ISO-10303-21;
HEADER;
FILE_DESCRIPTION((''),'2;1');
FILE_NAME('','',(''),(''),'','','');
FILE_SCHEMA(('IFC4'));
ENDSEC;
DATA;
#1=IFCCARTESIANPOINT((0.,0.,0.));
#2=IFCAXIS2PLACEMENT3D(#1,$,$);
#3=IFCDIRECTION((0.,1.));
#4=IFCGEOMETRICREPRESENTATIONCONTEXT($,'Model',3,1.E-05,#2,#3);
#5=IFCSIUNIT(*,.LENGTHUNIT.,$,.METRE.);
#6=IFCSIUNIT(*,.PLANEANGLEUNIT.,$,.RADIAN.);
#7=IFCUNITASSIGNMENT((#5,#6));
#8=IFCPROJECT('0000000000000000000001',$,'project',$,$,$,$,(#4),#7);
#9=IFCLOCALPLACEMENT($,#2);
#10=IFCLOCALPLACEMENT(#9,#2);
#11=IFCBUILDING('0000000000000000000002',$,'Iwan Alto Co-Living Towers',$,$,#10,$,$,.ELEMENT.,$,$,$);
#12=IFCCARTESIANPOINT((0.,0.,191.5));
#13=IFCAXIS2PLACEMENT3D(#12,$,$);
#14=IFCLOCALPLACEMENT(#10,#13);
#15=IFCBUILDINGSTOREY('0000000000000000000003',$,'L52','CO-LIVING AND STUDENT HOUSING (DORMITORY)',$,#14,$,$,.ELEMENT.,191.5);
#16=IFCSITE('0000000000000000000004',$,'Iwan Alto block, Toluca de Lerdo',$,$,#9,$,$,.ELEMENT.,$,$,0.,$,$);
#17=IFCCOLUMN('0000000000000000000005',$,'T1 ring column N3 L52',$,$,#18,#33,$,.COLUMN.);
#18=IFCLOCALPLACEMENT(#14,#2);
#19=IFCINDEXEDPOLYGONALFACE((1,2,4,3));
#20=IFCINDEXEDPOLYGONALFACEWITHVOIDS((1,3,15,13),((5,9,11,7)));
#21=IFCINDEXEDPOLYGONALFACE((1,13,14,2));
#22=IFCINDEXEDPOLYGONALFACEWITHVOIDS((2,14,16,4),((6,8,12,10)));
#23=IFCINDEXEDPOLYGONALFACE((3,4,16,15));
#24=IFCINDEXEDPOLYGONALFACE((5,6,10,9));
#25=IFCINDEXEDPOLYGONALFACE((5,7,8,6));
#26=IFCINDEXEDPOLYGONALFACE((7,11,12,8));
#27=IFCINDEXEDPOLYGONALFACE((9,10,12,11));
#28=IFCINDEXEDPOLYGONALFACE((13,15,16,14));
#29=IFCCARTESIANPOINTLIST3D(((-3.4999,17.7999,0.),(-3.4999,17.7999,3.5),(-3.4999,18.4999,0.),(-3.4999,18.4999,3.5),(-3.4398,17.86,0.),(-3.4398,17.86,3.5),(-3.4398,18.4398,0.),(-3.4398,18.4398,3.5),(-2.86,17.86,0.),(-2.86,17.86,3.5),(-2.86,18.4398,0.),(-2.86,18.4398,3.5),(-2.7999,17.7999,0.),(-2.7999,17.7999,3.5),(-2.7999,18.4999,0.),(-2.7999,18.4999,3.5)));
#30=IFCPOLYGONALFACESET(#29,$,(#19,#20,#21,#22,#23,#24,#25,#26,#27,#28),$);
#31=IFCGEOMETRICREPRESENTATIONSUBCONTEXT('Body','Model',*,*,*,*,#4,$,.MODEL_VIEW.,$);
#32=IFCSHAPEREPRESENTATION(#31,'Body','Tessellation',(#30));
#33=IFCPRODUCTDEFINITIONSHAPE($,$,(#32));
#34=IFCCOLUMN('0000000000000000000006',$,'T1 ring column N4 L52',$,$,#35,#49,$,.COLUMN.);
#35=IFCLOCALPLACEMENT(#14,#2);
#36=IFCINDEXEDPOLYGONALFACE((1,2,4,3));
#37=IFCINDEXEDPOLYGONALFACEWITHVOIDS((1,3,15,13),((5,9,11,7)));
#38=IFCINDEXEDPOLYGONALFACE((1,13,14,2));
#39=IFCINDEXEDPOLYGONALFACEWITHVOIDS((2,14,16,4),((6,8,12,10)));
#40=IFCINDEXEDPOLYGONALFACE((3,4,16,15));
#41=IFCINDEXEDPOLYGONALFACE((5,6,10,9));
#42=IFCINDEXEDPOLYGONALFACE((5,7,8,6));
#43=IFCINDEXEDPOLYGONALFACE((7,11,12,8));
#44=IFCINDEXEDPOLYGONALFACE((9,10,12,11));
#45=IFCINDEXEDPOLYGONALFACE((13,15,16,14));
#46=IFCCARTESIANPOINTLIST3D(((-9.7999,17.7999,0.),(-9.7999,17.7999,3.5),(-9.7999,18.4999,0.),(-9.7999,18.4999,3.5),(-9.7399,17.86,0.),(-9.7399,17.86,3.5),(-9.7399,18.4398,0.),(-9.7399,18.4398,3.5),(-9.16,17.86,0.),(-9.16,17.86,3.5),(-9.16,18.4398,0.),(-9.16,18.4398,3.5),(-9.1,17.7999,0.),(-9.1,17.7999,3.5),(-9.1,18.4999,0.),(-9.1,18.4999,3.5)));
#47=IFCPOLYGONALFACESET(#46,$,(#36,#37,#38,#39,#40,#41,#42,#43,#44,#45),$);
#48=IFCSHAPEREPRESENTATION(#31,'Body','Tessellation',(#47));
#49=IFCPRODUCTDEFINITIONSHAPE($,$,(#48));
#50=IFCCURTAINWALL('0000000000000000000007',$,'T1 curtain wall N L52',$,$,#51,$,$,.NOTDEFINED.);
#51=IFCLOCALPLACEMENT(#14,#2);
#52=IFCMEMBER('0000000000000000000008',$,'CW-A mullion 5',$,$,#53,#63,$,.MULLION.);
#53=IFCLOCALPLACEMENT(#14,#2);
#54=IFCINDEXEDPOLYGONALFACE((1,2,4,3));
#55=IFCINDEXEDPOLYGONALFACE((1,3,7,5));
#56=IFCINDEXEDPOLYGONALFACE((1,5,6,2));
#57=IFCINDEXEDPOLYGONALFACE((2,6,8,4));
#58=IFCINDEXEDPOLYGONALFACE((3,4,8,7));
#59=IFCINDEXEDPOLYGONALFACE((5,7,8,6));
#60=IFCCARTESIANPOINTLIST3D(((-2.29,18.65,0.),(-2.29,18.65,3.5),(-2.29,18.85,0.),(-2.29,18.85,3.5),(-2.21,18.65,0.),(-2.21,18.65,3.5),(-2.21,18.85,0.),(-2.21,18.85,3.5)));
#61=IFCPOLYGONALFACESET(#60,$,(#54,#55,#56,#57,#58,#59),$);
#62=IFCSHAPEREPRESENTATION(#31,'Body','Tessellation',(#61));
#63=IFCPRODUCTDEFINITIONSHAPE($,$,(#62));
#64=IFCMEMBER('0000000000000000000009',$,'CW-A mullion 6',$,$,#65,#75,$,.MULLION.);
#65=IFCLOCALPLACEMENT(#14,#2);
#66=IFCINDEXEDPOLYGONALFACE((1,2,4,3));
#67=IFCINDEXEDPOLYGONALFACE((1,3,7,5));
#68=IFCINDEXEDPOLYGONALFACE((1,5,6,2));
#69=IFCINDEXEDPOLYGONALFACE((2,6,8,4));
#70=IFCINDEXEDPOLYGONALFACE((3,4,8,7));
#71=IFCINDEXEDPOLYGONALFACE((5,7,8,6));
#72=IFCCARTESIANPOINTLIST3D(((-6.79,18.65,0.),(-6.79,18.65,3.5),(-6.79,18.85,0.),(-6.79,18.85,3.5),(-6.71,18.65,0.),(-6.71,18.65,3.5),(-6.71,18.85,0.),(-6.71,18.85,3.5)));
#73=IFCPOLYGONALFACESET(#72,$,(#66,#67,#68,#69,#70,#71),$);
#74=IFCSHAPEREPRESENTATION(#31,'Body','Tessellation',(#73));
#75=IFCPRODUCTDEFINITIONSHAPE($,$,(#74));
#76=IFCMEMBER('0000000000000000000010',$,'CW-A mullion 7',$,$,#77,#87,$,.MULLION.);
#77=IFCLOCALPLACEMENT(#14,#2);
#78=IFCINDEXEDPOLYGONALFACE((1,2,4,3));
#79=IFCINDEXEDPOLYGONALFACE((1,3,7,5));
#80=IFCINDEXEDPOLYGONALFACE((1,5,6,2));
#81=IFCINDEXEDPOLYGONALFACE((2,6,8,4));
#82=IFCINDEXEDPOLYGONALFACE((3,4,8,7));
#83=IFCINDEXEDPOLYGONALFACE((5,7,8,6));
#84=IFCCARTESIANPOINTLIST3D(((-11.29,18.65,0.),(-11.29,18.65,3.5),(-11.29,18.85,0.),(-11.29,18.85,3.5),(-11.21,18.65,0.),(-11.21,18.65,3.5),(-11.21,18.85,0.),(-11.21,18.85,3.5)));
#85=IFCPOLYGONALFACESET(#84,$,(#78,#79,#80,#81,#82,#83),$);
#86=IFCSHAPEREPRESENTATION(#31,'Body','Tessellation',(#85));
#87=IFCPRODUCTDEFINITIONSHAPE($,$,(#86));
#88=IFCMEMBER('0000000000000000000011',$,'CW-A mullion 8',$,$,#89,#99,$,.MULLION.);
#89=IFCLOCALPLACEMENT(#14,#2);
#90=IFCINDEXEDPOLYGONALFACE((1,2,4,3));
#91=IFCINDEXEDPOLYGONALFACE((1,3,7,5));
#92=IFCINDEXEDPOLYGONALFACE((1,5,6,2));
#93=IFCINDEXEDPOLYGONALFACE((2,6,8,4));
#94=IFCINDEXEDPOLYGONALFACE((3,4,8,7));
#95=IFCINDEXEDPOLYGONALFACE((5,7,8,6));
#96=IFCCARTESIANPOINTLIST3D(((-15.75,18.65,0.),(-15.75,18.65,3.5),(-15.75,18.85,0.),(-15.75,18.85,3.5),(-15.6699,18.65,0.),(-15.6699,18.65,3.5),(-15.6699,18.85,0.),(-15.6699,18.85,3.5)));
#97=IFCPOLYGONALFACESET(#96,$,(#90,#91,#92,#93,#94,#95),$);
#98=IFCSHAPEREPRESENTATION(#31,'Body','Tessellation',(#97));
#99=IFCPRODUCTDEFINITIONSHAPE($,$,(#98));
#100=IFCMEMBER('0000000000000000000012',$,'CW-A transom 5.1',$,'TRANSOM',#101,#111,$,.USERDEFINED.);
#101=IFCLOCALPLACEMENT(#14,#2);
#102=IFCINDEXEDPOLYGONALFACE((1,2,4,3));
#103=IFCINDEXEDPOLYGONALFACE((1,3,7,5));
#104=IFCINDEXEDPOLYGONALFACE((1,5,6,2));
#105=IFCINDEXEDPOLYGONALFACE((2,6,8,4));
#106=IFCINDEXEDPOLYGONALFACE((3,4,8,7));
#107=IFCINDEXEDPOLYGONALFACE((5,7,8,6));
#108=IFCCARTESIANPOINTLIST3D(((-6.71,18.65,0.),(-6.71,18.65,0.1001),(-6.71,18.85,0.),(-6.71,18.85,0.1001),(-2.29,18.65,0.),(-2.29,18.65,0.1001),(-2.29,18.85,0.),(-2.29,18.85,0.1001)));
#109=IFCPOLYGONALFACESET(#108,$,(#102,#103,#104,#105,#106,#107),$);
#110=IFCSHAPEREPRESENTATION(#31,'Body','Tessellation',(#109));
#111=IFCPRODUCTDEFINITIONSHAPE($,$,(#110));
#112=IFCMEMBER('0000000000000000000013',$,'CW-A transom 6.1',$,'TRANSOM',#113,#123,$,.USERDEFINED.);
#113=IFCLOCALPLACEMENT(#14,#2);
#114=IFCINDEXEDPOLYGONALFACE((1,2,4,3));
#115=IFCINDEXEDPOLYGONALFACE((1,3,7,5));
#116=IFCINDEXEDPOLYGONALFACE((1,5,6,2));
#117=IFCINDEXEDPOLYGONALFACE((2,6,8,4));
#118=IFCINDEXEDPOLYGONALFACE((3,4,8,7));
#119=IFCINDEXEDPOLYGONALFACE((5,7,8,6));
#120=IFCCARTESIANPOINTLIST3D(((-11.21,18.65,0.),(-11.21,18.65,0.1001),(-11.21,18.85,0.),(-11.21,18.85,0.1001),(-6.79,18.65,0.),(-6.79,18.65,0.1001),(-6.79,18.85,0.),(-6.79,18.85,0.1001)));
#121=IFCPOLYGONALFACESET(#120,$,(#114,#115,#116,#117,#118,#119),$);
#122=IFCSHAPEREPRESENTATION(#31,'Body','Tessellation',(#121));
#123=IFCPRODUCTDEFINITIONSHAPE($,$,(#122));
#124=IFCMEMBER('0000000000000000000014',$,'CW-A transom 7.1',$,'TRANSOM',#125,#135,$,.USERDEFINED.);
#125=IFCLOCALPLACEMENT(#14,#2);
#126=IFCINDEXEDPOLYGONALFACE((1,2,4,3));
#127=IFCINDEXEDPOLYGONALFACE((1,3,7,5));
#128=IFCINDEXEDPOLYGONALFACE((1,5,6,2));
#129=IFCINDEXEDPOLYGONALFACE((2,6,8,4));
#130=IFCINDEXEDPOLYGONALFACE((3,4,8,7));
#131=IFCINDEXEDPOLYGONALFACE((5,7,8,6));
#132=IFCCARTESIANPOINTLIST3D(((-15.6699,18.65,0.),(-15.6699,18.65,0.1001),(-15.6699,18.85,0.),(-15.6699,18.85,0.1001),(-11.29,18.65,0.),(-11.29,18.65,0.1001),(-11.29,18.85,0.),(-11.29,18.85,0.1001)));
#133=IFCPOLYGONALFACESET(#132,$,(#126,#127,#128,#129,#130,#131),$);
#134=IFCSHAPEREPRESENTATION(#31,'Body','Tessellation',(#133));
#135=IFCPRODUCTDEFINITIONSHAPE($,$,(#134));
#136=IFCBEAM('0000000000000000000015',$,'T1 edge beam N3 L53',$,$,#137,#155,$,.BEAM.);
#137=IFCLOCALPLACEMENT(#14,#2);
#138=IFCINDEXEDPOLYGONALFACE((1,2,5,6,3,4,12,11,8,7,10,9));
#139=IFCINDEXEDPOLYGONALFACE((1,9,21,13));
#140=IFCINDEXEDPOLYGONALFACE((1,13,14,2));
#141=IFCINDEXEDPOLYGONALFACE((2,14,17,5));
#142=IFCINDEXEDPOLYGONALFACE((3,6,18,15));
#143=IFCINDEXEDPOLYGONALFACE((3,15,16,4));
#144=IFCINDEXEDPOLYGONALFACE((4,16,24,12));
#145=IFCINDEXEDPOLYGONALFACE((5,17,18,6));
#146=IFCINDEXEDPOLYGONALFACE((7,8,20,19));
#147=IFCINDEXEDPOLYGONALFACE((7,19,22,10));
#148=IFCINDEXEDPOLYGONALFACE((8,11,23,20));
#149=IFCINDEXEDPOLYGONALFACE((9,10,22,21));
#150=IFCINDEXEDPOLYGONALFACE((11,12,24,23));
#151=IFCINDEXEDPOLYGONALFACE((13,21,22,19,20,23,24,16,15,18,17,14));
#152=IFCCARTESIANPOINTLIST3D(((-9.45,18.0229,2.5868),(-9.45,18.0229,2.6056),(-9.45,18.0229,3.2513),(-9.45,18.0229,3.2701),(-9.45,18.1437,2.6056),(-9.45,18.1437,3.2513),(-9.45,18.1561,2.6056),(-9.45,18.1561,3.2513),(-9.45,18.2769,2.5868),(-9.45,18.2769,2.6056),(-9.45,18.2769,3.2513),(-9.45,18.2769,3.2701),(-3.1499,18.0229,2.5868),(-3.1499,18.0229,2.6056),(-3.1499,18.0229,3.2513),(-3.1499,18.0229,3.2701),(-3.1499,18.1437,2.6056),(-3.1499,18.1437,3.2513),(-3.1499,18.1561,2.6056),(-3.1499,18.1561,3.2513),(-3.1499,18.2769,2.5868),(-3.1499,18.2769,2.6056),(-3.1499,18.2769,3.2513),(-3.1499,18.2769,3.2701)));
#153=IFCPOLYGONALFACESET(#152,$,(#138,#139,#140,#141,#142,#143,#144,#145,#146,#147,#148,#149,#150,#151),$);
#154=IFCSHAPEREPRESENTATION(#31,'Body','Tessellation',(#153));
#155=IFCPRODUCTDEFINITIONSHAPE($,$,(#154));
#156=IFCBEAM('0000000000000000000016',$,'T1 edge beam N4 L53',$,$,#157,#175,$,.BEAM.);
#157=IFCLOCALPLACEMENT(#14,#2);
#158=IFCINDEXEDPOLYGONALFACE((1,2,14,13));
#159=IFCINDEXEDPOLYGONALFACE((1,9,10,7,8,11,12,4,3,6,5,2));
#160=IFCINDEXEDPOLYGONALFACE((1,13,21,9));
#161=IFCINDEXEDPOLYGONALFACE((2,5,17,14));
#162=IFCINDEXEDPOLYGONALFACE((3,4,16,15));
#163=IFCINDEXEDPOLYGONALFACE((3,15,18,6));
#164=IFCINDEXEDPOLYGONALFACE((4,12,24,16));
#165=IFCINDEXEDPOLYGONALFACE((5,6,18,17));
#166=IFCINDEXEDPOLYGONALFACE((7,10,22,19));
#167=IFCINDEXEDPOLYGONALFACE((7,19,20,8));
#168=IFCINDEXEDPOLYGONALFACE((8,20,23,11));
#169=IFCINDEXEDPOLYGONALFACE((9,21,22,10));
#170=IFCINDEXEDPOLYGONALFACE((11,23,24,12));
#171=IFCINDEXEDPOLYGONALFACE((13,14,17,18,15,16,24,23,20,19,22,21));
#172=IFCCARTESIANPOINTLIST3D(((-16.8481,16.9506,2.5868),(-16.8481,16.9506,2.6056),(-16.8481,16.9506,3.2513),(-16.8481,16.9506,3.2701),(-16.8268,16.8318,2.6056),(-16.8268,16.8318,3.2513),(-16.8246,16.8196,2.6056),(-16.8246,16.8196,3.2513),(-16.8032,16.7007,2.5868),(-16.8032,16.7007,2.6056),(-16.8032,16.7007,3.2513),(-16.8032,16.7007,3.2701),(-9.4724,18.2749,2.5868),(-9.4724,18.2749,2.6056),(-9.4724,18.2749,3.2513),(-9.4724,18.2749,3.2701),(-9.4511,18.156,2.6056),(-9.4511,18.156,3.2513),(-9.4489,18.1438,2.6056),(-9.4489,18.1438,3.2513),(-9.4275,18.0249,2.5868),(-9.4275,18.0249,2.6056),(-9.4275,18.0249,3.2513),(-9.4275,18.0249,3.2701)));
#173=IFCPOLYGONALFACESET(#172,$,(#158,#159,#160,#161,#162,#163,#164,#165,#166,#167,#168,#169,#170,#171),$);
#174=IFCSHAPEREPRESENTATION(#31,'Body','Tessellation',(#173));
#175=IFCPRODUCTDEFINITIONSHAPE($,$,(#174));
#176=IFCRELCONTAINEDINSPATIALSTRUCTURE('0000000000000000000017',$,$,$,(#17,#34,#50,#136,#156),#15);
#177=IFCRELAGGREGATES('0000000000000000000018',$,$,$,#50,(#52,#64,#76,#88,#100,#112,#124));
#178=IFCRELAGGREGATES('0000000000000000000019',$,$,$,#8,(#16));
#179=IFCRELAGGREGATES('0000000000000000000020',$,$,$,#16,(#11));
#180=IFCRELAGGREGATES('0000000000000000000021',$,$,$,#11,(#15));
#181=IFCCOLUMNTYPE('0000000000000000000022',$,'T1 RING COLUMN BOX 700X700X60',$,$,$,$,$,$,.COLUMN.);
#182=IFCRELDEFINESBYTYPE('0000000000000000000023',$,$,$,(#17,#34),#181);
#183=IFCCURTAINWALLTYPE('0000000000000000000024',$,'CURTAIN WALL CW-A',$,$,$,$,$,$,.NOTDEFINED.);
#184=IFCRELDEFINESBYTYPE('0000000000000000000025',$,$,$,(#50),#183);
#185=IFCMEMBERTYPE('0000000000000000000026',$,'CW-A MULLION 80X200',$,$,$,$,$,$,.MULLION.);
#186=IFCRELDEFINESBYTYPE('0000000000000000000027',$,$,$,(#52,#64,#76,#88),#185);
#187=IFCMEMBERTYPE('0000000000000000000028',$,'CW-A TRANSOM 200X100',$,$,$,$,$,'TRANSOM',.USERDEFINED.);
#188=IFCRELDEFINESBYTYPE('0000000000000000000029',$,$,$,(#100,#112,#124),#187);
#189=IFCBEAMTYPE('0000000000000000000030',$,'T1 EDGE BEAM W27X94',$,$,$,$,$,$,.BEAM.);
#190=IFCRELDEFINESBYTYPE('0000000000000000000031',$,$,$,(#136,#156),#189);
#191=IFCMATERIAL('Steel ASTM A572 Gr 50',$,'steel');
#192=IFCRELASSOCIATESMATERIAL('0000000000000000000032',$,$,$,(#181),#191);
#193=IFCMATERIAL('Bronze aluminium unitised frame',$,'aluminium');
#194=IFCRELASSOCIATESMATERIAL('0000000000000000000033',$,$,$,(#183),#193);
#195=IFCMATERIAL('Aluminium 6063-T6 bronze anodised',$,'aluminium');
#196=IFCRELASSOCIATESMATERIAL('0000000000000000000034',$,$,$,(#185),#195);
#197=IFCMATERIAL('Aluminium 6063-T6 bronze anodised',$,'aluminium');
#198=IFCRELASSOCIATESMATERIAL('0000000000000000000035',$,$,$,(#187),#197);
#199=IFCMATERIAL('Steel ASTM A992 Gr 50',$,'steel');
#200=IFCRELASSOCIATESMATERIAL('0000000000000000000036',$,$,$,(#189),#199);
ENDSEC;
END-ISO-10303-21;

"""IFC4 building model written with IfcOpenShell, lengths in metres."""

from ifc_helpers import new_model, si_unit, direction, frame, origin, origin_2d, place, context, subcontext, project, spatial, rectangle, hollow_rectangle, i_section, extrude, material, material_profile, profile_set, type_object, element, aggregate, save


model = new_model("IFC4")

# Units and contexts
model_context = context("Model", 3, precision=1e-05, world=origin(), true_north=direction((0.0, 1.0)))
body_context = subcontext(model_context, "Body", "Model", "MODEL_VIEW")
ifc_project = project(units=[si_unit("LENGTHUNIT", "METRE"), si_unit("PLANEANGLEUNIT", "RADIAN")], contexts=[model_context])

# Site, building, storey
site_placement = place(None, origin())
site = spatial("IfcSite", under=ifc_project, at=site_placement, Name="Iwan Alto block, Toluca de Lerdo", CompositionType="ELEMENT", RefElevation=0.0)
building_placement = place(site_placement, origin())
building = spatial("IfcBuilding", under=site, at=building_placement, Name="Iwan Alto Co-Living Towers", CompositionType="ELEMENT")
storey_placement = place(building_placement, frame((0.0, 0.0, 191.5)))
storey = spatial("IfcBuildingStorey", under=building, at=storey_placement, Name="L52", Description="CO-LIVING AND STUDENT HOUSING (DORMITORY)", CompositionType="ELEMENT", Elevation=191.5)

# Columns
ifc_material_1 = material(Name="Steel ASTM A572 Gr 50", Category="steel")
ifc_material_profile_1 = material_profile(ifc_material_1, hollow_rectangle(XDim=0.7, YDim=0.7, WallThickness=0.0601, at=origin_2d()), Name="BOX 700X700X60")
ifc_profile_set_1 = profile_set([ifc_material_profile_1], Name="Steel ASTM A572 Gr 50")
column_type = type_object("IfcColumnType", Name="T1 RING COLUMN BOX 700X700X60", PredefinedType="COLUMN", material=ifc_profile_set_1)
for number, where, z_axis, x_axis, name in (
    (1, (-3.1499, 18.1499, 0.0), (0.0, 0.0, 1.0), (1.0, 0.0, 0.0), "T1 ring column N3 L52"),
    (2, (-9.45, 18.1499, 0.0), (0.0, 0.0, 1.0), (1.0, 0.0, 0.0), "T1 ring column N4 L52"),
):
    element("IfcColumn", number, at=place(storey_placement, frame(where, z_axis=z_axis, x_axis=x_axis)), inside=storey, type_object=column_type, Name=name, PredefinedType="COLUMN", context=body_context, shape_type="SweptSolid", body=[
        extrude(hollow_rectangle(XDim=0.7, YDim=0.7, WallThickness=0.0601, at=origin_2d()), origin(), (0.0, 0.0, 1.0), 3.5),
    ])

# Curtain wall, members
ifc_material_2 = material(Name="Bronze aluminium unitised frame", Category="aluminium")
curtain_wall_type = type_object("IfcCurtainWallType", Name="CURTAIN WALL CW-A", PredefinedType="NOTDEFINED", material=ifc_material_2)
curtain_wall_placement = place(storey_placement, origin())
curtain_wall = element("IfcCurtainWall", 3, at=curtain_wall_placement, inside=storey, type_object=curtain_wall_type, Name="T1 curtain wall N L52", PredefinedType="NOTDEFINED")
ifc_material_3 = material(Name="Aluminium 6063-T6 bronze anodised", Category="aluminium")
ifc_material_profile_2 = material_profile(ifc_material_3, rectangle(XDim=0.2, YDim=0.0801, at=origin_2d()), Name="AL 80X200")
ifc_profile_set_2 = profile_set([ifc_material_profile_2], Name="Aluminium 6063-T6 bronze anodised")
member_type_1 = type_object("IfcMemberType", Name="CW-A MULLION 80X200", PredefinedType="MULLION", material=ifc_profile_set_2)
member_1_placement = place(storey_placement, frame((-2.25, 18.75, 0.0), z_axis=(0.0, 0.0, 1.0), x_axis=(0.0, -1.0, 0.0)))
member_1 = element("IfcMember", 4, at=member_1_placement, type_object=member_type_1, Name="CW-A mullion 5", PredefinedType="MULLION", context=body_context, shape_type="SweptSolid", body=[
    extrude(rectangle(XDim=0.2, YDim=0.0801, at=origin_2d()), origin(), (0.0, 0.0, 1.0), 3.5),
])
member_2_placement = place(storey_placement, frame((-6.75, 18.75, 0.0), z_axis=(0.0, 0.0, 1.0), x_axis=(0.0, -1.0, 0.0)))
member_2 = element("IfcMember", 5, at=member_2_placement, type_object=member_type_1, Name="CW-A mullion 6", PredefinedType="MULLION", context=body_context, shape_type="SweptSolid", body=[
    extrude(rectangle(XDim=0.2, YDim=0.0801, at=origin_2d()), origin(), (0.0, 0.0, 1.0), 3.5),
])
member_3_placement = place(storey_placement, frame((-11.25, 18.75, 0.0), z_axis=(0.0, 0.0, 1.0), x_axis=(0.0, -1.0, 0.0)))
member_3 = element("IfcMember", 6, at=member_3_placement, type_object=member_type_1, Name="CW-A mullion 7", PredefinedType="MULLION", context=body_context, shape_type="SweptSolid", body=[
    extrude(rectangle(XDim=0.2, YDim=0.0801, at=origin_2d()), origin(), (0.0, 0.0, 1.0), 3.5),
])
member_4_placement = place(storey_placement, frame((-15.71, 18.75, 0.0), z_axis=(0.0, 0.0, 1.0), x_axis=(0.0, -1.0, 0.0)))
member_4 = element("IfcMember", 7, at=member_4_placement, type_object=member_type_1, Name="CW-A mullion 8", PredefinedType="MULLION", context=body_context, shape_type="SweptSolid", body=[
    extrude(rectangle(XDim=0.2, YDim=0.0801, at=origin_2d()), origin(), (0.0, 0.0, 1.0), 3.5),
])
ifc_material_4 = material(Name="Aluminium 6063-T6 bronze anodised", Category="aluminium")
ifc_material_profile_3 = material_profile(ifc_material_4, rectangle(XDim=0.2, YDim=0.1001, at=origin_2d()), Name="AL 200X100")
ifc_profile_set_3 = profile_set([ifc_material_profile_3], Name="Aluminium 6063-T6 bronze anodised")
member_type_2 = type_object("IfcMemberType", Name="CW-A TRANSOM 200X100", ElementType="TRANSOM", PredefinedType="USERDEFINED", material=ifc_profile_set_3)
member_5_placement = place(storey_placement, frame((-2.29, 18.75, 0.05), z_axis=(-1.0, 0.0, 0.0), x_axis=(0.0, -1.0, 0.0)))
member_5 = element("IfcMember", 8, at=member_5_placement, type_object=member_type_2, Name="CW-A transom 5.1", ObjectType="TRANSOM", PredefinedType="USERDEFINED", context=body_context, shape_type="SweptSolid", body=[
    extrude(rectangle(XDim=0.2, YDim=0.1001, at=origin_2d()), origin(), (0.0, 0.0, 1.0), 4.4199),
])
member_6_placement = place(storey_placement, frame((-6.79, 18.75, 0.05), z_axis=(-1.0, 0.0, 0.0), x_axis=(0.0, -1.0, 0.0)))
member_6 = element("IfcMember", 9, at=member_6_placement, type_object=member_type_2, Name="CW-A transom 6.1", ObjectType="TRANSOM", PredefinedType="USERDEFINED", context=body_context, shape_type="SweptSolid", body=[
    extrude(rectangle(XDim=0.2, YDim=0.1001, at=origin_2d()), origin(), (0.0, 0.0, 1.0), 4.4199),
])
member_7_placement = place(storey_placement, frame((-11.29, 18.75, 0.05), z_axis=(-1.0, 0.0, 0.0), x_axis=(0.0, -1.0, 0.0)))
member_7 = element("IfcMember", 10, at=member_7_placement, type_object=member_type_2, Name="CW-A transom 7.1", ObjectType="TRANSOM", PredefinedType="USERDEFINED", context=body_context, shape_type="SweptSolid", body=[
    extrude(rectangle(XDim=0.2, YDim=0.1001, at=origin_2d()), origin(), (0.0, 0.0, 1.0), 4.3799),
])

# Beams
ifc_material_5 = material(Name="Steel ASTM A992 Gr 50", Category="steel")
ifc_material_profile_4 = material_profile(ifc_material_5, i_section(OverallWidth=0.2539, OverallDepth=0.6833, WebThickness=0.0125, FlangeThickness=0.0188, at=origin_2d()), Name="W27X94")
ifc_profile_set_4 = profile_set([ifc_material_profile_4], Name="Steel ASTM A992 Gr 50")
beam_type_1 = type_object("IfcBeamType", Name="T1 EDGE BEAM W27X94", PredefinedType="BEAM", material=ifc_profile_set_4)
beam_1_placement = place(storey_placement, frame((-3.1499, 18.1499, 2.9285), z_axis=(-1.0, 0.0, 0.0), x_axis=(0.0, -1.0, 0.0)))
element("IfcBeam", 11, at=beam_1_placement, inside=storey, type_object=beam_type_1, Name="T1 edge beam N3 L53", PredefinedType="BEAM", context=body_context, shape_type="SweptSolid", body=[
    extrude(i_section(OverallWidth=0.2539, OverallDepth=0.6833, WebThickness=0.0125, FlangeThickness=0.0188, at=origin_2d()), origin(), (0.0, 0.0, 1.0), 6.3),
])
beam_2_placement = place(storey_placement, frame((-9.45, 18.1499, 2.9285), z_axis=(-0.984263, -0.176712, 0.0), x_axis=(0.176712, -0.984263, 0.0)))
element("IfcBeam", 12, at=beam_2_placement, inside=storey, type_object=beam_type_1, Name="T1 edge beam N4 L53", PredefinedType="BEAM", context=body_context, shape_type="SweptSolid", body=[
    extrude(i_section(OverallWidth=0.2539, OverallDepth=0.6833, WebThickness=0.0125, FlangeThickness=0.0188, at=origin_2d()), origin(), (0.0, 0.0, 1.0), 7.4937),
])

aggregate(curtain_wall, [member_1, member_2, member_3, member_4, member_5, member_6, member_7])

save(model, "model.ifc")
